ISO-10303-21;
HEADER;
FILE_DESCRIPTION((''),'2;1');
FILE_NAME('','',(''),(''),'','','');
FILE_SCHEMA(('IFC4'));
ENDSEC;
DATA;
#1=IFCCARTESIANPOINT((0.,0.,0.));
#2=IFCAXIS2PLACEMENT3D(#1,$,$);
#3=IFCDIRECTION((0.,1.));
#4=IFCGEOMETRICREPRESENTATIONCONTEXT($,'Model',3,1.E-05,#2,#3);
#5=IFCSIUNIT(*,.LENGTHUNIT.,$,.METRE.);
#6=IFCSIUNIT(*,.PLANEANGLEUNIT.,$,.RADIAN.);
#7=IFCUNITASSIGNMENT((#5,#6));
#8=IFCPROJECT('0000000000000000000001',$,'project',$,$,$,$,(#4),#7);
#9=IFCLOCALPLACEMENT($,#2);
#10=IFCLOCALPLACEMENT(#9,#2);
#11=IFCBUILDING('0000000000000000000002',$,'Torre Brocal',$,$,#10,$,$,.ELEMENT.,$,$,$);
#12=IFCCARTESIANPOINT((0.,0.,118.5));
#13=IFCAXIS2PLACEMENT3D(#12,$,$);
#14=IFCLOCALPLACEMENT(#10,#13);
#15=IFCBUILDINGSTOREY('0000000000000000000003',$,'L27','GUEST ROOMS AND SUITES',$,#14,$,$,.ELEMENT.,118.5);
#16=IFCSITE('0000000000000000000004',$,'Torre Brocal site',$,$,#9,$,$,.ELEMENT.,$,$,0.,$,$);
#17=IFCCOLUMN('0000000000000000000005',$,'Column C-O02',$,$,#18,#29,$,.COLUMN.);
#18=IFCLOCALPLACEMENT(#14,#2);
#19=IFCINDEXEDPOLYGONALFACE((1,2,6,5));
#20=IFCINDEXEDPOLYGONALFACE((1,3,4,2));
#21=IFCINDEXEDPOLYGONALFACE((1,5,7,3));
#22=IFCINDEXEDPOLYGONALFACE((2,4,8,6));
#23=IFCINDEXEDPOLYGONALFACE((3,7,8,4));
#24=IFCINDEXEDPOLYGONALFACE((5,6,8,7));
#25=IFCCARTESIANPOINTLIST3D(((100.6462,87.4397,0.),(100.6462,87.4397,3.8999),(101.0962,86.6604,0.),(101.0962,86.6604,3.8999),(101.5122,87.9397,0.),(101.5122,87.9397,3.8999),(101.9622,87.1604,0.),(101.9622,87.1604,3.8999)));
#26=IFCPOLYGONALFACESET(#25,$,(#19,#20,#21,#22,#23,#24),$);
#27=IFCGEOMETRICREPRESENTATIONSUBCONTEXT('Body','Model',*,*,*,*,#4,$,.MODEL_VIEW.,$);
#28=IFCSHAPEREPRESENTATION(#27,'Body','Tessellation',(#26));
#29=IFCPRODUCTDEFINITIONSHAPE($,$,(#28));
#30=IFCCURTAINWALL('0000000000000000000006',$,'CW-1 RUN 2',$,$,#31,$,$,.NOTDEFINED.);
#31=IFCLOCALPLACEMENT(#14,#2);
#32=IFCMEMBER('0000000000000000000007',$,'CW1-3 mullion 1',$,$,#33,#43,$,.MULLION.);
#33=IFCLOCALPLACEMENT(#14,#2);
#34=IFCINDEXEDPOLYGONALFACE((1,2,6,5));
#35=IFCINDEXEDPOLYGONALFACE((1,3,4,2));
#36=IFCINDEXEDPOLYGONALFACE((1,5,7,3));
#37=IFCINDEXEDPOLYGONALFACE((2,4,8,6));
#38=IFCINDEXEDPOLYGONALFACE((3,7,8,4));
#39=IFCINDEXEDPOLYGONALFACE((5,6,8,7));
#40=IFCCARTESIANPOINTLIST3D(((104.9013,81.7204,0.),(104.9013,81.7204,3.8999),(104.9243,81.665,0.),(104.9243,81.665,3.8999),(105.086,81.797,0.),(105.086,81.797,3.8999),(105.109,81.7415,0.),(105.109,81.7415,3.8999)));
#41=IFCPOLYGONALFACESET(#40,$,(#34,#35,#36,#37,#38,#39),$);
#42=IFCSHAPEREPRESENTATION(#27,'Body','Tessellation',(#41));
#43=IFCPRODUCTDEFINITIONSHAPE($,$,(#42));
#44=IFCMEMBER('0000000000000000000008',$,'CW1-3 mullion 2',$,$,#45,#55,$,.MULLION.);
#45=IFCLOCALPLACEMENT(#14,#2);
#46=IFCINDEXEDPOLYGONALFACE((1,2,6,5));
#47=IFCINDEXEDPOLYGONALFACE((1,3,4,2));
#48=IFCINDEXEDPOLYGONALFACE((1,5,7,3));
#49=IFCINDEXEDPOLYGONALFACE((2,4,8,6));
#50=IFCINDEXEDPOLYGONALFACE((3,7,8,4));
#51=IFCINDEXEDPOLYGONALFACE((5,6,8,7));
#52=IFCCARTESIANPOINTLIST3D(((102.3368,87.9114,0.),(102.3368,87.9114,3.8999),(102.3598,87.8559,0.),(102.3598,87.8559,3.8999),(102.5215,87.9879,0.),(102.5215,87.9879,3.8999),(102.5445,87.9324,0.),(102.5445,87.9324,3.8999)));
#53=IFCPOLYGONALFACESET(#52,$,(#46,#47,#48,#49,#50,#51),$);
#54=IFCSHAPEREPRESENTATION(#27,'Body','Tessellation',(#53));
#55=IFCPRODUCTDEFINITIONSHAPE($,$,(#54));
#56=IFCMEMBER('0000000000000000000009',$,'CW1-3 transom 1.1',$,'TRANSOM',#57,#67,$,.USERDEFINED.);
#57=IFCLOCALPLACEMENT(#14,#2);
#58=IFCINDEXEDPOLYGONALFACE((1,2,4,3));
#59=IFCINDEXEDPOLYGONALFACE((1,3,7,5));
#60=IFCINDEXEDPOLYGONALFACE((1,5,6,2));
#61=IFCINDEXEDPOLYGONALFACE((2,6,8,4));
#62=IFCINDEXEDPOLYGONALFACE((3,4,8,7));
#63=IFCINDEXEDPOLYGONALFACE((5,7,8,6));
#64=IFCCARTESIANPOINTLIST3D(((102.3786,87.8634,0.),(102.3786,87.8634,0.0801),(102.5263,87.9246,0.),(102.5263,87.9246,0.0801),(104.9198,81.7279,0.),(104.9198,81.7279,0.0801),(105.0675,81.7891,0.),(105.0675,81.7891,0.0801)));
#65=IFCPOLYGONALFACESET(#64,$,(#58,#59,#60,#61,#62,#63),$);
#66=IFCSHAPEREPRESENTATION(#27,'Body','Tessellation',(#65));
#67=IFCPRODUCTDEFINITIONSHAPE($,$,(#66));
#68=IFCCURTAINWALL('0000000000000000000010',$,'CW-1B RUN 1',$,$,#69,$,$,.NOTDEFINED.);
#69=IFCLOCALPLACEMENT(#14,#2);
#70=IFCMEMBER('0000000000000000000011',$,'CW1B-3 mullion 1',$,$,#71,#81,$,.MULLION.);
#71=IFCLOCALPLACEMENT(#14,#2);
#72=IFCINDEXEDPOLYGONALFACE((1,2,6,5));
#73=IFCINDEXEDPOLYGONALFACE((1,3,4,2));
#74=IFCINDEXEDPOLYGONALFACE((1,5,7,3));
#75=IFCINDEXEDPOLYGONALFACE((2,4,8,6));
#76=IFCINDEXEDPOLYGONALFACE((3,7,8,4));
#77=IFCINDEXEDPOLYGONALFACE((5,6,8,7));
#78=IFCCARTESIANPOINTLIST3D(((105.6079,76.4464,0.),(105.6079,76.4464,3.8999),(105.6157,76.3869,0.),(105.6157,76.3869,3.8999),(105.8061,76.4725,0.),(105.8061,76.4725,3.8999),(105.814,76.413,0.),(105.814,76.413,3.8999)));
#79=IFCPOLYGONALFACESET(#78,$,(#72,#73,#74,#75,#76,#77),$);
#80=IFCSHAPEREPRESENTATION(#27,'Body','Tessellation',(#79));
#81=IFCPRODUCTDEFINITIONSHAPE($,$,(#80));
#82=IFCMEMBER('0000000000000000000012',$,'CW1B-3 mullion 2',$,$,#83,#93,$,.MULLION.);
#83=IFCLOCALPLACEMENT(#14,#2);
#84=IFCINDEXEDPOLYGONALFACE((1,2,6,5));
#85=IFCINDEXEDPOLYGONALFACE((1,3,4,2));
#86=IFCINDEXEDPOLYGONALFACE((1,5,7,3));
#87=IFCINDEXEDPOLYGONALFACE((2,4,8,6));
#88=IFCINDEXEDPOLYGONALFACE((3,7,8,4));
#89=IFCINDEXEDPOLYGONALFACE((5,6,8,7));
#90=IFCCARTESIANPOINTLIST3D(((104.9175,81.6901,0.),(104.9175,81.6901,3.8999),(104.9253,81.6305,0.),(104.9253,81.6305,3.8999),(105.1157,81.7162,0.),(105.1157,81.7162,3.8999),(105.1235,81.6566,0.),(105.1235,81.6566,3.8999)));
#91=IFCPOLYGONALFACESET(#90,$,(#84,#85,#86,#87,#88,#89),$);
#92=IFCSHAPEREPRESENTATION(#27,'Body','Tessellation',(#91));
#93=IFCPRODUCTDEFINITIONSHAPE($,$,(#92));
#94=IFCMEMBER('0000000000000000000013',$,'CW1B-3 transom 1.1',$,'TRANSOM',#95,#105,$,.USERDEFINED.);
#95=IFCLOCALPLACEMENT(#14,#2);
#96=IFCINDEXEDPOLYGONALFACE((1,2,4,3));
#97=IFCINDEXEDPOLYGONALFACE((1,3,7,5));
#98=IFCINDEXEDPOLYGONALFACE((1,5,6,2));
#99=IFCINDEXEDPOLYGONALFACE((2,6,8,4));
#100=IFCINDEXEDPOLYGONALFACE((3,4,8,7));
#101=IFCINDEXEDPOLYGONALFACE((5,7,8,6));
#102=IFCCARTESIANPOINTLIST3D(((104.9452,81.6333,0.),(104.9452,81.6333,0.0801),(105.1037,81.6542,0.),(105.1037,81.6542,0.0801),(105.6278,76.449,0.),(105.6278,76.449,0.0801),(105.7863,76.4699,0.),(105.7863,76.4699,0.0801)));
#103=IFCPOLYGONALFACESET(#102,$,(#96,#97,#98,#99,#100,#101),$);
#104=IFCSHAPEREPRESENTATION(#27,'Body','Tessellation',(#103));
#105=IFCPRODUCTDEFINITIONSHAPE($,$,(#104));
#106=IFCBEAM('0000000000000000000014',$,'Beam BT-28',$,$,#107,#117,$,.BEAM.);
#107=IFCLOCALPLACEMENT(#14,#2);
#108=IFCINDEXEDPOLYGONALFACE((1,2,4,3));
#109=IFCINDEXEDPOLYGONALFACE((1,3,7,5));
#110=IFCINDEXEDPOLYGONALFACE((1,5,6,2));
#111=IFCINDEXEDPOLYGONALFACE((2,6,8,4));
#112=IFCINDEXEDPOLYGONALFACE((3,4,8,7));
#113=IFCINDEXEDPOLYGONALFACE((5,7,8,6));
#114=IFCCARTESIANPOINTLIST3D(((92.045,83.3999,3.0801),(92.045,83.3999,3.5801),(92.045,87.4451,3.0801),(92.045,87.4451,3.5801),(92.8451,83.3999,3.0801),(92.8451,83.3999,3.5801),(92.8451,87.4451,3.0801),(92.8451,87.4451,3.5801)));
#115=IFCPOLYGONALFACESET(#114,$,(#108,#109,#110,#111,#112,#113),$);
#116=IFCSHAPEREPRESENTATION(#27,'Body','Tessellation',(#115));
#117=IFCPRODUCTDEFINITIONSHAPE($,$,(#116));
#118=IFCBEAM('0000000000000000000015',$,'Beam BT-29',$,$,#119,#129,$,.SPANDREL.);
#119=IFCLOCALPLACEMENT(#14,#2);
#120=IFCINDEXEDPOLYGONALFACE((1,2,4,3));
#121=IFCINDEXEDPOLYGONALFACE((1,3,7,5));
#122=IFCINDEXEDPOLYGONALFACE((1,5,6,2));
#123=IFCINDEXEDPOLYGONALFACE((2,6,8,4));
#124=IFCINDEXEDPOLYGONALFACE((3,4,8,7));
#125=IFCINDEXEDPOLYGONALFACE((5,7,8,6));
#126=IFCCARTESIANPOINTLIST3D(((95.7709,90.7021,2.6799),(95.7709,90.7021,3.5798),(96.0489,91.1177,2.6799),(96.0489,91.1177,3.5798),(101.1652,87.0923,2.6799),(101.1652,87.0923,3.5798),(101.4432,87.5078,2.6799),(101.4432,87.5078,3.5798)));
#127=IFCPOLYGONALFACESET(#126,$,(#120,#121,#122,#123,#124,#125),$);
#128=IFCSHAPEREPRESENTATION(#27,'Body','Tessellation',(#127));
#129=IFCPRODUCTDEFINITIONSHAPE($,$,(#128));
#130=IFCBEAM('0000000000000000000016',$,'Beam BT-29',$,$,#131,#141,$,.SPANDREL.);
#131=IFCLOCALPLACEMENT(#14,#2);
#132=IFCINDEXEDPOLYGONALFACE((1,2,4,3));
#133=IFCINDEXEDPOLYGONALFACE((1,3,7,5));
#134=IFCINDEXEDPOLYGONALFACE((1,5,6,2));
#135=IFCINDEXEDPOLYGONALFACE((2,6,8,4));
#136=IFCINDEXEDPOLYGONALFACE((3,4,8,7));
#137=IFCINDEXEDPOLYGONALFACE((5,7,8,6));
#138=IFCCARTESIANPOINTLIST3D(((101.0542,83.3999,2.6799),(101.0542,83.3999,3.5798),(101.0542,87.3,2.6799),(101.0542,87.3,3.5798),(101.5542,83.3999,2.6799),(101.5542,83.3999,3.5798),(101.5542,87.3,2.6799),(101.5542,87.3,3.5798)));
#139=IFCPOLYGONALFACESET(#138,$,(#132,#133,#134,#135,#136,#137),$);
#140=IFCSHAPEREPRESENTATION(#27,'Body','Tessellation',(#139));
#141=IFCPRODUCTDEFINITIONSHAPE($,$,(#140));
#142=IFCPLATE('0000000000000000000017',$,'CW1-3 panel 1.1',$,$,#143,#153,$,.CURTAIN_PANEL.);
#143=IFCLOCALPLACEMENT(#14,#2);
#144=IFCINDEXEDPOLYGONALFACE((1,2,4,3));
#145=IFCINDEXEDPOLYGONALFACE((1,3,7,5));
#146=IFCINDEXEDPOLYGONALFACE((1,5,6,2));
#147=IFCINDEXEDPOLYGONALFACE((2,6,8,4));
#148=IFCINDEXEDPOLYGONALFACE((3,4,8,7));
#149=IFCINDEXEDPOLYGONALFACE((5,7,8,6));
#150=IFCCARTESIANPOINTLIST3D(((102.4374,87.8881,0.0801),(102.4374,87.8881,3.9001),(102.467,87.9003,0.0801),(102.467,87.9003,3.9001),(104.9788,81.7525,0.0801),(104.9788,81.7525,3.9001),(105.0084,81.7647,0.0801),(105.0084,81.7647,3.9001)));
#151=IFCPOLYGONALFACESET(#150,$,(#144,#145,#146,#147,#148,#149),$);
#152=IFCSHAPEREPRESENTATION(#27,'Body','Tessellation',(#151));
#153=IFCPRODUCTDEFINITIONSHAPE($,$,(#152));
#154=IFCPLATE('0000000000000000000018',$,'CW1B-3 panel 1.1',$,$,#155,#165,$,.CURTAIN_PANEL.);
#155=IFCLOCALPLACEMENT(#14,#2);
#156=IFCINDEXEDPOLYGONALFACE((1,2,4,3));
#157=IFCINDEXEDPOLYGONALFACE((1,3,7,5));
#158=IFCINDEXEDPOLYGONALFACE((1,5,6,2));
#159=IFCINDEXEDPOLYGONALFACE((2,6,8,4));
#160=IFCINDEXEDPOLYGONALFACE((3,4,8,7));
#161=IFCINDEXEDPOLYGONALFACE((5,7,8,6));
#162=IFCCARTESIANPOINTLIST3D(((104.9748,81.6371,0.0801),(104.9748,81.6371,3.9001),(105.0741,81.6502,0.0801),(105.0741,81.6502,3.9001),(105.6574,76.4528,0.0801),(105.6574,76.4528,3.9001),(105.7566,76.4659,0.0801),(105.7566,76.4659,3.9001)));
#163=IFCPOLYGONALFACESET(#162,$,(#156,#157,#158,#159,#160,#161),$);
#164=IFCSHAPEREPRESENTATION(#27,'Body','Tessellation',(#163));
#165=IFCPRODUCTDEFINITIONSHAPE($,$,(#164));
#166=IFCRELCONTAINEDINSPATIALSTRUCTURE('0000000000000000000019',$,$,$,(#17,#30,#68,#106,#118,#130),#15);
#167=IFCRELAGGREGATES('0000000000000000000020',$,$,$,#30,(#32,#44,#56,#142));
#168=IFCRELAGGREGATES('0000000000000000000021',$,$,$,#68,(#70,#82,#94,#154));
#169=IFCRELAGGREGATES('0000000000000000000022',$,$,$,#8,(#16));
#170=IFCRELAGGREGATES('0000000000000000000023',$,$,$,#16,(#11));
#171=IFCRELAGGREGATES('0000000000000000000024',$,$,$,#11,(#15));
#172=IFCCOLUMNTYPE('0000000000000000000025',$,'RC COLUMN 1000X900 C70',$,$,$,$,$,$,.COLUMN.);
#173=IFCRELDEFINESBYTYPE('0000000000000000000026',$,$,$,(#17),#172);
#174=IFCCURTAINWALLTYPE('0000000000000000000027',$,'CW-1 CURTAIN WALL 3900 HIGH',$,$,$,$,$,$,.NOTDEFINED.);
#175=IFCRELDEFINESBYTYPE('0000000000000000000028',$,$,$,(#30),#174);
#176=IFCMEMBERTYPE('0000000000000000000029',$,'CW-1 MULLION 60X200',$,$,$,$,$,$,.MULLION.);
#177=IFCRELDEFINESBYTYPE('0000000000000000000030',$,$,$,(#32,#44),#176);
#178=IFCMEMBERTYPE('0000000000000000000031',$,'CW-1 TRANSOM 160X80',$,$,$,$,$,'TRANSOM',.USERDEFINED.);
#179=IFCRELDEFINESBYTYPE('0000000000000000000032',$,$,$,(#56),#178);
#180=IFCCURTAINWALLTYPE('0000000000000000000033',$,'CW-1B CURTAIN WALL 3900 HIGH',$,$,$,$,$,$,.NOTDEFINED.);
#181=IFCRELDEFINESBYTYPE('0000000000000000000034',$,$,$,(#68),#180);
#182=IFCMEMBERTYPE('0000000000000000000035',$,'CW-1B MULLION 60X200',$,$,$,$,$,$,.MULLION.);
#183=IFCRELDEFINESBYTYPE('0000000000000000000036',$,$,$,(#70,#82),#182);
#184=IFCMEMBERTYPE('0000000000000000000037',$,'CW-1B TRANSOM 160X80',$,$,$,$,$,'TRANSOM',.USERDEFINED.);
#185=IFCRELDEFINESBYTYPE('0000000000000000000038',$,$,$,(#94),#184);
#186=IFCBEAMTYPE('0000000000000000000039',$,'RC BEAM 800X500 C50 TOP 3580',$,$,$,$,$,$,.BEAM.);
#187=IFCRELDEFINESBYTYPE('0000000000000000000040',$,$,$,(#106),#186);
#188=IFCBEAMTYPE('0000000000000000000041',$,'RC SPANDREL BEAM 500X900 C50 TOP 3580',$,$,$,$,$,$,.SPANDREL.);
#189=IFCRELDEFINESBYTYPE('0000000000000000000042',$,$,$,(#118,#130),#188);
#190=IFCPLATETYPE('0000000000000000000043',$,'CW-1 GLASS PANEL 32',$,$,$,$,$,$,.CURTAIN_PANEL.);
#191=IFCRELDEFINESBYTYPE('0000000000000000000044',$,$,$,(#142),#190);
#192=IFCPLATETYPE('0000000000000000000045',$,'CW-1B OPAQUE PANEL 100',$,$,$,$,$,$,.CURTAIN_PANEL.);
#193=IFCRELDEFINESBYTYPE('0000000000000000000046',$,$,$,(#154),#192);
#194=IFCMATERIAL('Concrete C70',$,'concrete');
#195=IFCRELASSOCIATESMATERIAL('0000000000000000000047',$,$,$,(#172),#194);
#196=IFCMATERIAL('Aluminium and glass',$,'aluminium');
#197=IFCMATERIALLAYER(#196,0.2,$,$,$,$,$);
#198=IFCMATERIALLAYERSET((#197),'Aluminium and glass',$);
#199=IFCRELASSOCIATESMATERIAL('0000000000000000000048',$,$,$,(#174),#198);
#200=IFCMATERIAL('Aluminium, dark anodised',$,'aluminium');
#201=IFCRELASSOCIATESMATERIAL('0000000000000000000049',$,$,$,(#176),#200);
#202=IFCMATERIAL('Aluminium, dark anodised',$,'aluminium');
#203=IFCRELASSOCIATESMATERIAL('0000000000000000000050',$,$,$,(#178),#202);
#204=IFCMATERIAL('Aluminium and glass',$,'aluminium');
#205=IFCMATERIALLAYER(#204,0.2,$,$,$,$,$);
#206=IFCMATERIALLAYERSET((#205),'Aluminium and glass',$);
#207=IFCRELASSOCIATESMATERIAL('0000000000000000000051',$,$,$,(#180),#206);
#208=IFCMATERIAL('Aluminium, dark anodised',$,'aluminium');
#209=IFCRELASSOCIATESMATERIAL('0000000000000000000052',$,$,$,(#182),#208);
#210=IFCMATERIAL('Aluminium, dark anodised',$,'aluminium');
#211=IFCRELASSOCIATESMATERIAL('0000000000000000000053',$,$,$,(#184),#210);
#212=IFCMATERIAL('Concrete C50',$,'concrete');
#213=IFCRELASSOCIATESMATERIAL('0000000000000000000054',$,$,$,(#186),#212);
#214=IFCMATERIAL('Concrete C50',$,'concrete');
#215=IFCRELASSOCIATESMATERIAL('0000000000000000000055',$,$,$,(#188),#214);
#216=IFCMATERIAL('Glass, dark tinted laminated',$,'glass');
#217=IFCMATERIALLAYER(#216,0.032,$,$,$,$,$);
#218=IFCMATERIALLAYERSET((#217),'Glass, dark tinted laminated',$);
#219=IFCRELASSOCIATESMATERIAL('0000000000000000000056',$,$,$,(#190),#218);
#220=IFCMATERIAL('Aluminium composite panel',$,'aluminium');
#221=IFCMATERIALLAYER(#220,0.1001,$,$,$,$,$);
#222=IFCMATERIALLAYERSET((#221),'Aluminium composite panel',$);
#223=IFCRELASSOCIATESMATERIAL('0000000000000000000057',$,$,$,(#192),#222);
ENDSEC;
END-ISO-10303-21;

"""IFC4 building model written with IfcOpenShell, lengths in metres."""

from ifc_helpers import new_model, si_unit, direction, frame, origin, origin_2d, place, context, subcontext, project, spatial, rectangle, extrude, material, layer, layer_set, material_profile, profile_set, type_object, element, aggregate, save


model = new_model("IFC4")

# Units and contexts
model_context = context("Model", 3, precision=1e-05, world=origin(), true_north=direction((0.0, 1.0)))
body_context = subcontext(model_context, "Body", "Model", "MODEL_VIEW")
ifc_project = project(units=[si_unit("LENGTHUNIT", "METRE"), si_unit("PLANEANGLEUNIT", "RADIAN")], contexts=[model_context])

# Site, building, storey
site_placement = place(None, origin())
site = spatial("IfcSite", under=ifc_project, at=site_placement, Name="Torre Brocal site", CompositionType="ELEMENT", RefElevation=0.0)
building_placement = place(site_placement, origin())
building = spatial("IfcBuilding", under=site, at=building_placement, Name="Torre Brocal", CompositionType="ELEMENT")
storey_placement = place(building_placement, frame((0.0, 0.0, 118.5)))
storey = spatial("IfcBuildingStorey", under=building, at=storey_placement, Name="L27", Description="GUEST ROOMS AND SUITES", CompositionType="ELEMENT", Elevation=118.5)

# Column
ifc_material_1 = material(Name="Concrete C70", Category="concrete")
ifc_material_profile_1 = material_profile(ifc_material_1, rectangle(XDim=1.0, YDim=0.8999, at=origin_2d()), Name="RC 1000X900")
ifc_profile_set_1 = profile_set([ifc_material_profile_1], Name="Concrete C70")
column_type = type_object("IfcColumnType", Name="RC COLUMN 1000X900 C70", PredefinedType="COLUMN", material=ifc_profile_set_1)
column_placement = place(storey_placement, frame((101.3042, 87.3, 0.0), z_axis=(0.0, 0.0, 1.0), x_axis=(0.866025, 0.5, 0.0)))
element("IfcColumn", 1, at=column_placement, inside=storey, type_object=column_type, Name="Column C-O02", PredefinedType="COLUMN", context=body_context, shape_type="SweptSolid", body=[
    extrude(rectangle(XDim=1.0, YDim=0.8999, at=origin_2d()), origin(), (0.0, 0.0, 1.0), 3.8999),
])

# Curtain walls, members
ifc_material_2 = material(Name="Aluminium and glass", Category="aluminium")
ifc_layer_1 = layer(ifc_material_2, 0.2)
ifc_layer_set_1 = layer_set([ifc_layer_1], Name="Aluminium and glass")
curtain_wall_type_1 = type_object("IfcCurtainWallType", Name="CW-1 CURTAIN WALL 3900 HIGH", PredefinedType="NOTDEFINED", material=ifc_layer_set_1)
curtain_wall_1_placement = place(storey_placement, origin())
curtain_wall_1 = element("IfcCurtainWall", 2, at=curtain_wall_1_placement, inside=storey, type_object=curtain_wall_type_1, Name="CW-1 RUN 2", PredefinedType="NOTDEFINED")
ifc_material_3 = material(Name="Aluminium, dark anodised", Category="aluminium")
ifc_material_profile_2 = material_profile(ifc_material_3, rectangle(XDim=0.2, YDim=0.0601, at=origin_2d()), Name="CW-1 MULLION 60X200")
ifc_profile_set_2 = profile_set([ifc_material_profile_2], Name="Aluminium, dark anodised")
member_type_1 = type_object("IfcMemberType", Name="CW-1 MULLION 60X200", PredefinedType="MULLION", material=ifc_profile_set_2)
member_1_placement = place(storey_placement, frame((105.0051, 81.731, 0.0), z_axis=(0.0, 0.0, 1.0), x_axis=(-0.92388, -0.382683, 0.0)))
member_1 = element("IfcMember", 3, at=member_1_placement, type_object=member_type_1, Name="CW1-3 mullion 1", PredefinedType="MULLION", context=body_context, shape_type="SweptSolid", body=[
    extrude(rectangle(XDim=0.2, YDim=0.0601, at=origin_2d()), origin(), (0.0, 0.0, 1.0), 3.8999),
])
member_2_placement = place(storey_placement, frame((102.4407, 87.9219, 0.0), z_axis=(0.0, 0.0, 1.0), x_axis=(-0.92388, -0.382683, 0.0)))
member_2 = element("IfcMember", 4, at=member_2_placement, type_object=member_type_1, Name="CW1-3 mullion 2", PredefinedType="MULLION", context=body_context, shape_type="SweptSolid", body=[
    extrude(rectangle(XDim=0.2, YDim=0.0601, at=origin_2d()), origin(), (0.0, 0.0, 1.0), 3.8999),
])
ifc_material_4 = material(Name="Aluminium, dark anodised", Category="aluminium")
ifc_material_profile_3 = material_profile(ifc_material_4, rectangle(XDim=0.1599, YDim=0.0801, at=origin_2d()), Name="CW-1 TRANSOM 160X80")
ifc_profile_set_3 = profile_set([ifc_material_profile_3], Name="Aluminium, dark anodised")
member_type_2 = type_object("IfcMemberType", Name="CW-1 TRANSOM 160X80", ElementType="TRANSOM", PredefinedType="USERDEFINED", material=ifc_profile_set_3)
member_3_placement = place(storey_placement, frame((104.9937, 81.7585, 0.04), z_axis=(-0.382665, 0.923887, 0.0), x_axis=(-0.923887, -0.382665, 0.0)))
member_3 = element("IfcMember", 5, at=member_3_placement, type_object=member_type_2, Name="CW1-3 transom 1.1", ObjectType="TRANSOM", PredefinedType="USERDEFINED", context=body_context, shape_type="SweptSolid", body=[
    extrude(rectangle(XDim=0.1599, YDim=0.0801, at=origin_2d()), origin(), (0.0, 0.0, 1.0), 6.6409),
])
ifc_material_5 = material(Name="Aluminium and glass", Category="aluminium")
ifc_layer_2 = layer(ifc_material_5, 0.2)
ifc_layer_set_2 = layer_set([ifc_layer_2], Name="Aluminium and glass")
curtain_wall_type_2 = type_object("IfcCurtainWallType", Name="CW-1B CURTAIN WALL 3900 HIGH", PredefinedType="NOTDEFINED", material=ifc_layer_set_2)
curtain_wall_2_placement = place(storey_placement, origin())
curtain_wall_2 = element("IfcCurtainWall", 6, at=curtain_wall_2_placement, inside=storey, type_object=curtain_wall_type_2, Name="CW-1B RUN 1", PredefinedType="NOTDEFINED")
ifc_material_6 = material(Name="Aluminium, dark anodised", Category="aluminium")
ifc_material_profile_4 = material_profile(ifc_material_6, rectangle(XDim=0.2, YDim=0.0601, at=origin_2d()), Name="CW-1B MULLION 60X200")
ifc_profile_set_4 = profile_set([ifc_material_profile_4], Name="Aluminium, dark anodised")
member_type_3 = type_object("IfcMemberType", Name="CW-1B MULLION 60X200", PredefinedType="MULLION", material=ifc_profile_set_4)
member_4_placement = place(storey_placement, frame((105.7109, 76.4297, 0.0), z_axis=(0.0, 0.0, 1.0), x_axis=(-0.991445, -0.130526, 0.0)))
member_4 = element("IfcMember", 7, at=member_4_placement, type_object=member_type_3, Name="CW1B-3 mullion 1", PredefinedType="MULLION", context=body_context, shape_type="SweptSolid", body=[
    extrude(rectangle(XDim=0.2, YDim=0.0601, at=origin_2d()), origin(), (0.0, 0.0, 1.0), 3.8999),
])
member_5_placement = place(storey_placement, frame((105.0205, 81.6733, 0.0), z_axis=(0.0, 0.0, 1.0), x_axis=(-0.991445, -0.130526, 0.0)))
member_5 = element("IfcMember", 8, at=member_5_placement, type_object=member_type_3, Name="CW1B-3 mullion 2", PredefinedType="MULLION", context=body_context, shape_type="SweptSolid", body=[
    extrude(rectangle(XDim=0.2, YDim=0.0601, at=origin_2d()), origin(), (0.0, 0.0, 1.0), 3.8999),
])
ifc_material_7 = material(Name="Aluminium, dark anodised", Category="aluminium")
ifc_material_profile_5 = material_profile(ifc_material_7, rectangle(XDim=0.1599, YDim=0.0801, at=origin_2d()), Name="CW-1B TRANSOM 160X80")
ifc_profile_set_5 = profile_set([ifc_material_profile_5], Name="Aluminium, dark anodised")
member_type_4 = type_object("IfcMemberType", Name="CW-1B TRANSOM 160X80", ElementType="TRANSOM", PredefinedType="USERDEFINED", material=ifc_profile_set_5)
member_6_placement = place(storey_placement, frame((105.707, 76.4595, 0.04), z_axis=(-0.130543, 0.991443, 0.0), x_axis=(-0.991443, -0.130543, 0.0)))
member_6 = element("IfcMember", 9, at=member_6_placement, type_object=member_type_4, Name="CW1B-3 transom 1.1", ObjectType="TRANSOM", PredefinedType="USERDEFINED", context=body_context, shape_type="SweptSolid", body=[
    extrude(rectangle(XDim=0.1599, YDim=0.0801, at=origin_2d()), origin(), (0.0, 0.0, 1.0), 5.229),
])

# Beams
ifc_material_8 = material(Name="Concrete C50", Category="concrete")
ifc_material_profile_6 = material_profile(ifc_material_8, rectangle(XDim=0.8, YDim=0.5, at=origin_2d()), Name="RC 800X500")
ifc_profile_set_6 = profile_set([ifc_material_profile_6], Name="Concrete C50")
beam_type_1 = type_object("IfcBeamType", Name="RC BEAM 800X500 C50 TOP 3580", PredefinedType="BEAM", material=ifc_profile_set_6)
beam_1_placement = place(storey_placement, frame((92.4451, 87.4451, 3.3301), z_axis=(0.0, -1.0, 0.0), x_axis=(1.0, 0.0, 0.0)))
element("IfcBeam", 10, at=beam_1_placement, inside=storey, type_object=beam_type_1, Name="Beam BT-28", PredefinedType="BEAM", context=body_context, shape_type="SweptSolid", body=[
    extrude(rectangle(XDim=0.8, YDim=0.5, at=origin_2d()), origin(), (0.0, 0.0, 1.0), 4.0452),
])
ifc_material_9 = material(Name="Concrete C50", Category="concrete")
ifc_material_profile_7 = material_profile(ifc_material_9, rectangle(XDim=0.5, YDim=0.8999, at=origin_2d()), Name="RC 500X900")
ifc_profile_set_7 = profile_set([ifc_material_profile_7], Name="Concrete C50")
beam_type_2 = type_object("IfcBeamType", Name="RC SPANDREL BEAM 500X900 C50 TOP 3580", PredefinedType="SPANDREL", material=ifc_profile_set_7)
beam_2_placement = place(storey_placement, frame((101.3042, 87.3, 3.1299), z_axis=(-0.831077, 0.556158, 0.0), x_axis=(-0.556158, -0.831077, 0.0)))
element("IfcBeam", 11, at=beam_2_placement, inside=storey, type_object=beam_type_2, Name="Beam BT-29", PredefinedType="SPANDREL", context=body_context, shape_type="SweptSolid", body=[
    extrude(rectangle(XDim=0.5, YDim=0.8999, at=origin_2d()), origin(), (0.0, 0.0, 1.0), 6.4907),
])
beam_3_placement = place(storey_placement, frame((101.3042, 87.3, 3.1299), z_axis=(0.0, -1.0, 0.0), x_axis=(1.0, 0.0, 0.0)))
element("IfcBeam", 12, at=beam_3_placement, inside=storey, type_object=beam_type_2, Name="Beam BT-29", PredefinedType="SPANDREL", context=body_context, shape_type="SweptSolid", body=[
    extrude(rectangle(XDim=0.5, YDim=0.8999, at=origin_2d()), origin(), (0.0, 0.0, 1.0), 3.9001),
])

# Plates
ifc_material_10 = material(Name="Glass, dark tinted laminated", Category="glass")
ifc_layer_3 = layer(ifc_material_10, 0.032)
ifc_layer_set_3 = layer_set([ifc_layer_3], Name="Glass, dark tinted laminated")
plate_type_1 = type_object("IfcPlateType", Name="CW-1 GLASS PANEL 32", PredefinedType="CURTAIN_PANEL", material=ifc_layer_set_3)
plate_1_placement = place(storey_placement, frame((103.7229, 84.8264, 0.0801), z_axis=(0.0, 0.0, 1.0), x_axis=(-0.382683, 0.92388, 0.0)))
plate_1 = element("IfcPlate", 13, at=plate_1_placement, type_object=plate_type_1, Name="CW1-3 panel 1.1", PredefinedType="CURTAIN_PANEL", context=body_context, shape_type="SweptSolid", body=[
    extrude(rectangle(XDim=6.6411, YDim=0.032, at=origin_2d()), origin(), (0.0, 0.0, 1.0), 3.8201),
])
aggregate(curtain_wall_1, [member_1, member_2, member_3, plate_1])
ifc_material_11 = material(Name="Aluminium composite panel", Category="aluminium")
ifc_layer_4 = layer(ifc_material_11, 0.1001)
ifc_layer_set_4 = layer_set([ifc_layer_4], Name="Aluminium composite panel")
plate_type_2 = type_object("IfcPlateType", Name="CW-1B OPAQUE PANEL 100", PredefinedType="CURTAIN_PANEL", material=ifc_layer_set_4)
plate_2_placement = place(storey_placement, frame((105.3657, 79.0515, 0.0801), z_axis=(0.0, 0.0, 1.0), x_axis=(-0.130526, 0.991445, 0.0)))
plate_2 = element("IfcPlate", 14, at=plate_2_placement, type_object=plate_type_2, Name="CW1B-3 panel 1.1", PredefinedType="CURTAIN_PANEL", context=body_context, shape_type="SweptSolid", body=[
    extrude(rectangle(XDim=5.229, YDim=0.1001, at=origin_2d()), origin(), (0.0, 0.0, 1.0), 3.8201),
])
aggregate(curtain_wall_2, [member_4, member_5, member_6, plate_2])

save(model, "model.ifc")
